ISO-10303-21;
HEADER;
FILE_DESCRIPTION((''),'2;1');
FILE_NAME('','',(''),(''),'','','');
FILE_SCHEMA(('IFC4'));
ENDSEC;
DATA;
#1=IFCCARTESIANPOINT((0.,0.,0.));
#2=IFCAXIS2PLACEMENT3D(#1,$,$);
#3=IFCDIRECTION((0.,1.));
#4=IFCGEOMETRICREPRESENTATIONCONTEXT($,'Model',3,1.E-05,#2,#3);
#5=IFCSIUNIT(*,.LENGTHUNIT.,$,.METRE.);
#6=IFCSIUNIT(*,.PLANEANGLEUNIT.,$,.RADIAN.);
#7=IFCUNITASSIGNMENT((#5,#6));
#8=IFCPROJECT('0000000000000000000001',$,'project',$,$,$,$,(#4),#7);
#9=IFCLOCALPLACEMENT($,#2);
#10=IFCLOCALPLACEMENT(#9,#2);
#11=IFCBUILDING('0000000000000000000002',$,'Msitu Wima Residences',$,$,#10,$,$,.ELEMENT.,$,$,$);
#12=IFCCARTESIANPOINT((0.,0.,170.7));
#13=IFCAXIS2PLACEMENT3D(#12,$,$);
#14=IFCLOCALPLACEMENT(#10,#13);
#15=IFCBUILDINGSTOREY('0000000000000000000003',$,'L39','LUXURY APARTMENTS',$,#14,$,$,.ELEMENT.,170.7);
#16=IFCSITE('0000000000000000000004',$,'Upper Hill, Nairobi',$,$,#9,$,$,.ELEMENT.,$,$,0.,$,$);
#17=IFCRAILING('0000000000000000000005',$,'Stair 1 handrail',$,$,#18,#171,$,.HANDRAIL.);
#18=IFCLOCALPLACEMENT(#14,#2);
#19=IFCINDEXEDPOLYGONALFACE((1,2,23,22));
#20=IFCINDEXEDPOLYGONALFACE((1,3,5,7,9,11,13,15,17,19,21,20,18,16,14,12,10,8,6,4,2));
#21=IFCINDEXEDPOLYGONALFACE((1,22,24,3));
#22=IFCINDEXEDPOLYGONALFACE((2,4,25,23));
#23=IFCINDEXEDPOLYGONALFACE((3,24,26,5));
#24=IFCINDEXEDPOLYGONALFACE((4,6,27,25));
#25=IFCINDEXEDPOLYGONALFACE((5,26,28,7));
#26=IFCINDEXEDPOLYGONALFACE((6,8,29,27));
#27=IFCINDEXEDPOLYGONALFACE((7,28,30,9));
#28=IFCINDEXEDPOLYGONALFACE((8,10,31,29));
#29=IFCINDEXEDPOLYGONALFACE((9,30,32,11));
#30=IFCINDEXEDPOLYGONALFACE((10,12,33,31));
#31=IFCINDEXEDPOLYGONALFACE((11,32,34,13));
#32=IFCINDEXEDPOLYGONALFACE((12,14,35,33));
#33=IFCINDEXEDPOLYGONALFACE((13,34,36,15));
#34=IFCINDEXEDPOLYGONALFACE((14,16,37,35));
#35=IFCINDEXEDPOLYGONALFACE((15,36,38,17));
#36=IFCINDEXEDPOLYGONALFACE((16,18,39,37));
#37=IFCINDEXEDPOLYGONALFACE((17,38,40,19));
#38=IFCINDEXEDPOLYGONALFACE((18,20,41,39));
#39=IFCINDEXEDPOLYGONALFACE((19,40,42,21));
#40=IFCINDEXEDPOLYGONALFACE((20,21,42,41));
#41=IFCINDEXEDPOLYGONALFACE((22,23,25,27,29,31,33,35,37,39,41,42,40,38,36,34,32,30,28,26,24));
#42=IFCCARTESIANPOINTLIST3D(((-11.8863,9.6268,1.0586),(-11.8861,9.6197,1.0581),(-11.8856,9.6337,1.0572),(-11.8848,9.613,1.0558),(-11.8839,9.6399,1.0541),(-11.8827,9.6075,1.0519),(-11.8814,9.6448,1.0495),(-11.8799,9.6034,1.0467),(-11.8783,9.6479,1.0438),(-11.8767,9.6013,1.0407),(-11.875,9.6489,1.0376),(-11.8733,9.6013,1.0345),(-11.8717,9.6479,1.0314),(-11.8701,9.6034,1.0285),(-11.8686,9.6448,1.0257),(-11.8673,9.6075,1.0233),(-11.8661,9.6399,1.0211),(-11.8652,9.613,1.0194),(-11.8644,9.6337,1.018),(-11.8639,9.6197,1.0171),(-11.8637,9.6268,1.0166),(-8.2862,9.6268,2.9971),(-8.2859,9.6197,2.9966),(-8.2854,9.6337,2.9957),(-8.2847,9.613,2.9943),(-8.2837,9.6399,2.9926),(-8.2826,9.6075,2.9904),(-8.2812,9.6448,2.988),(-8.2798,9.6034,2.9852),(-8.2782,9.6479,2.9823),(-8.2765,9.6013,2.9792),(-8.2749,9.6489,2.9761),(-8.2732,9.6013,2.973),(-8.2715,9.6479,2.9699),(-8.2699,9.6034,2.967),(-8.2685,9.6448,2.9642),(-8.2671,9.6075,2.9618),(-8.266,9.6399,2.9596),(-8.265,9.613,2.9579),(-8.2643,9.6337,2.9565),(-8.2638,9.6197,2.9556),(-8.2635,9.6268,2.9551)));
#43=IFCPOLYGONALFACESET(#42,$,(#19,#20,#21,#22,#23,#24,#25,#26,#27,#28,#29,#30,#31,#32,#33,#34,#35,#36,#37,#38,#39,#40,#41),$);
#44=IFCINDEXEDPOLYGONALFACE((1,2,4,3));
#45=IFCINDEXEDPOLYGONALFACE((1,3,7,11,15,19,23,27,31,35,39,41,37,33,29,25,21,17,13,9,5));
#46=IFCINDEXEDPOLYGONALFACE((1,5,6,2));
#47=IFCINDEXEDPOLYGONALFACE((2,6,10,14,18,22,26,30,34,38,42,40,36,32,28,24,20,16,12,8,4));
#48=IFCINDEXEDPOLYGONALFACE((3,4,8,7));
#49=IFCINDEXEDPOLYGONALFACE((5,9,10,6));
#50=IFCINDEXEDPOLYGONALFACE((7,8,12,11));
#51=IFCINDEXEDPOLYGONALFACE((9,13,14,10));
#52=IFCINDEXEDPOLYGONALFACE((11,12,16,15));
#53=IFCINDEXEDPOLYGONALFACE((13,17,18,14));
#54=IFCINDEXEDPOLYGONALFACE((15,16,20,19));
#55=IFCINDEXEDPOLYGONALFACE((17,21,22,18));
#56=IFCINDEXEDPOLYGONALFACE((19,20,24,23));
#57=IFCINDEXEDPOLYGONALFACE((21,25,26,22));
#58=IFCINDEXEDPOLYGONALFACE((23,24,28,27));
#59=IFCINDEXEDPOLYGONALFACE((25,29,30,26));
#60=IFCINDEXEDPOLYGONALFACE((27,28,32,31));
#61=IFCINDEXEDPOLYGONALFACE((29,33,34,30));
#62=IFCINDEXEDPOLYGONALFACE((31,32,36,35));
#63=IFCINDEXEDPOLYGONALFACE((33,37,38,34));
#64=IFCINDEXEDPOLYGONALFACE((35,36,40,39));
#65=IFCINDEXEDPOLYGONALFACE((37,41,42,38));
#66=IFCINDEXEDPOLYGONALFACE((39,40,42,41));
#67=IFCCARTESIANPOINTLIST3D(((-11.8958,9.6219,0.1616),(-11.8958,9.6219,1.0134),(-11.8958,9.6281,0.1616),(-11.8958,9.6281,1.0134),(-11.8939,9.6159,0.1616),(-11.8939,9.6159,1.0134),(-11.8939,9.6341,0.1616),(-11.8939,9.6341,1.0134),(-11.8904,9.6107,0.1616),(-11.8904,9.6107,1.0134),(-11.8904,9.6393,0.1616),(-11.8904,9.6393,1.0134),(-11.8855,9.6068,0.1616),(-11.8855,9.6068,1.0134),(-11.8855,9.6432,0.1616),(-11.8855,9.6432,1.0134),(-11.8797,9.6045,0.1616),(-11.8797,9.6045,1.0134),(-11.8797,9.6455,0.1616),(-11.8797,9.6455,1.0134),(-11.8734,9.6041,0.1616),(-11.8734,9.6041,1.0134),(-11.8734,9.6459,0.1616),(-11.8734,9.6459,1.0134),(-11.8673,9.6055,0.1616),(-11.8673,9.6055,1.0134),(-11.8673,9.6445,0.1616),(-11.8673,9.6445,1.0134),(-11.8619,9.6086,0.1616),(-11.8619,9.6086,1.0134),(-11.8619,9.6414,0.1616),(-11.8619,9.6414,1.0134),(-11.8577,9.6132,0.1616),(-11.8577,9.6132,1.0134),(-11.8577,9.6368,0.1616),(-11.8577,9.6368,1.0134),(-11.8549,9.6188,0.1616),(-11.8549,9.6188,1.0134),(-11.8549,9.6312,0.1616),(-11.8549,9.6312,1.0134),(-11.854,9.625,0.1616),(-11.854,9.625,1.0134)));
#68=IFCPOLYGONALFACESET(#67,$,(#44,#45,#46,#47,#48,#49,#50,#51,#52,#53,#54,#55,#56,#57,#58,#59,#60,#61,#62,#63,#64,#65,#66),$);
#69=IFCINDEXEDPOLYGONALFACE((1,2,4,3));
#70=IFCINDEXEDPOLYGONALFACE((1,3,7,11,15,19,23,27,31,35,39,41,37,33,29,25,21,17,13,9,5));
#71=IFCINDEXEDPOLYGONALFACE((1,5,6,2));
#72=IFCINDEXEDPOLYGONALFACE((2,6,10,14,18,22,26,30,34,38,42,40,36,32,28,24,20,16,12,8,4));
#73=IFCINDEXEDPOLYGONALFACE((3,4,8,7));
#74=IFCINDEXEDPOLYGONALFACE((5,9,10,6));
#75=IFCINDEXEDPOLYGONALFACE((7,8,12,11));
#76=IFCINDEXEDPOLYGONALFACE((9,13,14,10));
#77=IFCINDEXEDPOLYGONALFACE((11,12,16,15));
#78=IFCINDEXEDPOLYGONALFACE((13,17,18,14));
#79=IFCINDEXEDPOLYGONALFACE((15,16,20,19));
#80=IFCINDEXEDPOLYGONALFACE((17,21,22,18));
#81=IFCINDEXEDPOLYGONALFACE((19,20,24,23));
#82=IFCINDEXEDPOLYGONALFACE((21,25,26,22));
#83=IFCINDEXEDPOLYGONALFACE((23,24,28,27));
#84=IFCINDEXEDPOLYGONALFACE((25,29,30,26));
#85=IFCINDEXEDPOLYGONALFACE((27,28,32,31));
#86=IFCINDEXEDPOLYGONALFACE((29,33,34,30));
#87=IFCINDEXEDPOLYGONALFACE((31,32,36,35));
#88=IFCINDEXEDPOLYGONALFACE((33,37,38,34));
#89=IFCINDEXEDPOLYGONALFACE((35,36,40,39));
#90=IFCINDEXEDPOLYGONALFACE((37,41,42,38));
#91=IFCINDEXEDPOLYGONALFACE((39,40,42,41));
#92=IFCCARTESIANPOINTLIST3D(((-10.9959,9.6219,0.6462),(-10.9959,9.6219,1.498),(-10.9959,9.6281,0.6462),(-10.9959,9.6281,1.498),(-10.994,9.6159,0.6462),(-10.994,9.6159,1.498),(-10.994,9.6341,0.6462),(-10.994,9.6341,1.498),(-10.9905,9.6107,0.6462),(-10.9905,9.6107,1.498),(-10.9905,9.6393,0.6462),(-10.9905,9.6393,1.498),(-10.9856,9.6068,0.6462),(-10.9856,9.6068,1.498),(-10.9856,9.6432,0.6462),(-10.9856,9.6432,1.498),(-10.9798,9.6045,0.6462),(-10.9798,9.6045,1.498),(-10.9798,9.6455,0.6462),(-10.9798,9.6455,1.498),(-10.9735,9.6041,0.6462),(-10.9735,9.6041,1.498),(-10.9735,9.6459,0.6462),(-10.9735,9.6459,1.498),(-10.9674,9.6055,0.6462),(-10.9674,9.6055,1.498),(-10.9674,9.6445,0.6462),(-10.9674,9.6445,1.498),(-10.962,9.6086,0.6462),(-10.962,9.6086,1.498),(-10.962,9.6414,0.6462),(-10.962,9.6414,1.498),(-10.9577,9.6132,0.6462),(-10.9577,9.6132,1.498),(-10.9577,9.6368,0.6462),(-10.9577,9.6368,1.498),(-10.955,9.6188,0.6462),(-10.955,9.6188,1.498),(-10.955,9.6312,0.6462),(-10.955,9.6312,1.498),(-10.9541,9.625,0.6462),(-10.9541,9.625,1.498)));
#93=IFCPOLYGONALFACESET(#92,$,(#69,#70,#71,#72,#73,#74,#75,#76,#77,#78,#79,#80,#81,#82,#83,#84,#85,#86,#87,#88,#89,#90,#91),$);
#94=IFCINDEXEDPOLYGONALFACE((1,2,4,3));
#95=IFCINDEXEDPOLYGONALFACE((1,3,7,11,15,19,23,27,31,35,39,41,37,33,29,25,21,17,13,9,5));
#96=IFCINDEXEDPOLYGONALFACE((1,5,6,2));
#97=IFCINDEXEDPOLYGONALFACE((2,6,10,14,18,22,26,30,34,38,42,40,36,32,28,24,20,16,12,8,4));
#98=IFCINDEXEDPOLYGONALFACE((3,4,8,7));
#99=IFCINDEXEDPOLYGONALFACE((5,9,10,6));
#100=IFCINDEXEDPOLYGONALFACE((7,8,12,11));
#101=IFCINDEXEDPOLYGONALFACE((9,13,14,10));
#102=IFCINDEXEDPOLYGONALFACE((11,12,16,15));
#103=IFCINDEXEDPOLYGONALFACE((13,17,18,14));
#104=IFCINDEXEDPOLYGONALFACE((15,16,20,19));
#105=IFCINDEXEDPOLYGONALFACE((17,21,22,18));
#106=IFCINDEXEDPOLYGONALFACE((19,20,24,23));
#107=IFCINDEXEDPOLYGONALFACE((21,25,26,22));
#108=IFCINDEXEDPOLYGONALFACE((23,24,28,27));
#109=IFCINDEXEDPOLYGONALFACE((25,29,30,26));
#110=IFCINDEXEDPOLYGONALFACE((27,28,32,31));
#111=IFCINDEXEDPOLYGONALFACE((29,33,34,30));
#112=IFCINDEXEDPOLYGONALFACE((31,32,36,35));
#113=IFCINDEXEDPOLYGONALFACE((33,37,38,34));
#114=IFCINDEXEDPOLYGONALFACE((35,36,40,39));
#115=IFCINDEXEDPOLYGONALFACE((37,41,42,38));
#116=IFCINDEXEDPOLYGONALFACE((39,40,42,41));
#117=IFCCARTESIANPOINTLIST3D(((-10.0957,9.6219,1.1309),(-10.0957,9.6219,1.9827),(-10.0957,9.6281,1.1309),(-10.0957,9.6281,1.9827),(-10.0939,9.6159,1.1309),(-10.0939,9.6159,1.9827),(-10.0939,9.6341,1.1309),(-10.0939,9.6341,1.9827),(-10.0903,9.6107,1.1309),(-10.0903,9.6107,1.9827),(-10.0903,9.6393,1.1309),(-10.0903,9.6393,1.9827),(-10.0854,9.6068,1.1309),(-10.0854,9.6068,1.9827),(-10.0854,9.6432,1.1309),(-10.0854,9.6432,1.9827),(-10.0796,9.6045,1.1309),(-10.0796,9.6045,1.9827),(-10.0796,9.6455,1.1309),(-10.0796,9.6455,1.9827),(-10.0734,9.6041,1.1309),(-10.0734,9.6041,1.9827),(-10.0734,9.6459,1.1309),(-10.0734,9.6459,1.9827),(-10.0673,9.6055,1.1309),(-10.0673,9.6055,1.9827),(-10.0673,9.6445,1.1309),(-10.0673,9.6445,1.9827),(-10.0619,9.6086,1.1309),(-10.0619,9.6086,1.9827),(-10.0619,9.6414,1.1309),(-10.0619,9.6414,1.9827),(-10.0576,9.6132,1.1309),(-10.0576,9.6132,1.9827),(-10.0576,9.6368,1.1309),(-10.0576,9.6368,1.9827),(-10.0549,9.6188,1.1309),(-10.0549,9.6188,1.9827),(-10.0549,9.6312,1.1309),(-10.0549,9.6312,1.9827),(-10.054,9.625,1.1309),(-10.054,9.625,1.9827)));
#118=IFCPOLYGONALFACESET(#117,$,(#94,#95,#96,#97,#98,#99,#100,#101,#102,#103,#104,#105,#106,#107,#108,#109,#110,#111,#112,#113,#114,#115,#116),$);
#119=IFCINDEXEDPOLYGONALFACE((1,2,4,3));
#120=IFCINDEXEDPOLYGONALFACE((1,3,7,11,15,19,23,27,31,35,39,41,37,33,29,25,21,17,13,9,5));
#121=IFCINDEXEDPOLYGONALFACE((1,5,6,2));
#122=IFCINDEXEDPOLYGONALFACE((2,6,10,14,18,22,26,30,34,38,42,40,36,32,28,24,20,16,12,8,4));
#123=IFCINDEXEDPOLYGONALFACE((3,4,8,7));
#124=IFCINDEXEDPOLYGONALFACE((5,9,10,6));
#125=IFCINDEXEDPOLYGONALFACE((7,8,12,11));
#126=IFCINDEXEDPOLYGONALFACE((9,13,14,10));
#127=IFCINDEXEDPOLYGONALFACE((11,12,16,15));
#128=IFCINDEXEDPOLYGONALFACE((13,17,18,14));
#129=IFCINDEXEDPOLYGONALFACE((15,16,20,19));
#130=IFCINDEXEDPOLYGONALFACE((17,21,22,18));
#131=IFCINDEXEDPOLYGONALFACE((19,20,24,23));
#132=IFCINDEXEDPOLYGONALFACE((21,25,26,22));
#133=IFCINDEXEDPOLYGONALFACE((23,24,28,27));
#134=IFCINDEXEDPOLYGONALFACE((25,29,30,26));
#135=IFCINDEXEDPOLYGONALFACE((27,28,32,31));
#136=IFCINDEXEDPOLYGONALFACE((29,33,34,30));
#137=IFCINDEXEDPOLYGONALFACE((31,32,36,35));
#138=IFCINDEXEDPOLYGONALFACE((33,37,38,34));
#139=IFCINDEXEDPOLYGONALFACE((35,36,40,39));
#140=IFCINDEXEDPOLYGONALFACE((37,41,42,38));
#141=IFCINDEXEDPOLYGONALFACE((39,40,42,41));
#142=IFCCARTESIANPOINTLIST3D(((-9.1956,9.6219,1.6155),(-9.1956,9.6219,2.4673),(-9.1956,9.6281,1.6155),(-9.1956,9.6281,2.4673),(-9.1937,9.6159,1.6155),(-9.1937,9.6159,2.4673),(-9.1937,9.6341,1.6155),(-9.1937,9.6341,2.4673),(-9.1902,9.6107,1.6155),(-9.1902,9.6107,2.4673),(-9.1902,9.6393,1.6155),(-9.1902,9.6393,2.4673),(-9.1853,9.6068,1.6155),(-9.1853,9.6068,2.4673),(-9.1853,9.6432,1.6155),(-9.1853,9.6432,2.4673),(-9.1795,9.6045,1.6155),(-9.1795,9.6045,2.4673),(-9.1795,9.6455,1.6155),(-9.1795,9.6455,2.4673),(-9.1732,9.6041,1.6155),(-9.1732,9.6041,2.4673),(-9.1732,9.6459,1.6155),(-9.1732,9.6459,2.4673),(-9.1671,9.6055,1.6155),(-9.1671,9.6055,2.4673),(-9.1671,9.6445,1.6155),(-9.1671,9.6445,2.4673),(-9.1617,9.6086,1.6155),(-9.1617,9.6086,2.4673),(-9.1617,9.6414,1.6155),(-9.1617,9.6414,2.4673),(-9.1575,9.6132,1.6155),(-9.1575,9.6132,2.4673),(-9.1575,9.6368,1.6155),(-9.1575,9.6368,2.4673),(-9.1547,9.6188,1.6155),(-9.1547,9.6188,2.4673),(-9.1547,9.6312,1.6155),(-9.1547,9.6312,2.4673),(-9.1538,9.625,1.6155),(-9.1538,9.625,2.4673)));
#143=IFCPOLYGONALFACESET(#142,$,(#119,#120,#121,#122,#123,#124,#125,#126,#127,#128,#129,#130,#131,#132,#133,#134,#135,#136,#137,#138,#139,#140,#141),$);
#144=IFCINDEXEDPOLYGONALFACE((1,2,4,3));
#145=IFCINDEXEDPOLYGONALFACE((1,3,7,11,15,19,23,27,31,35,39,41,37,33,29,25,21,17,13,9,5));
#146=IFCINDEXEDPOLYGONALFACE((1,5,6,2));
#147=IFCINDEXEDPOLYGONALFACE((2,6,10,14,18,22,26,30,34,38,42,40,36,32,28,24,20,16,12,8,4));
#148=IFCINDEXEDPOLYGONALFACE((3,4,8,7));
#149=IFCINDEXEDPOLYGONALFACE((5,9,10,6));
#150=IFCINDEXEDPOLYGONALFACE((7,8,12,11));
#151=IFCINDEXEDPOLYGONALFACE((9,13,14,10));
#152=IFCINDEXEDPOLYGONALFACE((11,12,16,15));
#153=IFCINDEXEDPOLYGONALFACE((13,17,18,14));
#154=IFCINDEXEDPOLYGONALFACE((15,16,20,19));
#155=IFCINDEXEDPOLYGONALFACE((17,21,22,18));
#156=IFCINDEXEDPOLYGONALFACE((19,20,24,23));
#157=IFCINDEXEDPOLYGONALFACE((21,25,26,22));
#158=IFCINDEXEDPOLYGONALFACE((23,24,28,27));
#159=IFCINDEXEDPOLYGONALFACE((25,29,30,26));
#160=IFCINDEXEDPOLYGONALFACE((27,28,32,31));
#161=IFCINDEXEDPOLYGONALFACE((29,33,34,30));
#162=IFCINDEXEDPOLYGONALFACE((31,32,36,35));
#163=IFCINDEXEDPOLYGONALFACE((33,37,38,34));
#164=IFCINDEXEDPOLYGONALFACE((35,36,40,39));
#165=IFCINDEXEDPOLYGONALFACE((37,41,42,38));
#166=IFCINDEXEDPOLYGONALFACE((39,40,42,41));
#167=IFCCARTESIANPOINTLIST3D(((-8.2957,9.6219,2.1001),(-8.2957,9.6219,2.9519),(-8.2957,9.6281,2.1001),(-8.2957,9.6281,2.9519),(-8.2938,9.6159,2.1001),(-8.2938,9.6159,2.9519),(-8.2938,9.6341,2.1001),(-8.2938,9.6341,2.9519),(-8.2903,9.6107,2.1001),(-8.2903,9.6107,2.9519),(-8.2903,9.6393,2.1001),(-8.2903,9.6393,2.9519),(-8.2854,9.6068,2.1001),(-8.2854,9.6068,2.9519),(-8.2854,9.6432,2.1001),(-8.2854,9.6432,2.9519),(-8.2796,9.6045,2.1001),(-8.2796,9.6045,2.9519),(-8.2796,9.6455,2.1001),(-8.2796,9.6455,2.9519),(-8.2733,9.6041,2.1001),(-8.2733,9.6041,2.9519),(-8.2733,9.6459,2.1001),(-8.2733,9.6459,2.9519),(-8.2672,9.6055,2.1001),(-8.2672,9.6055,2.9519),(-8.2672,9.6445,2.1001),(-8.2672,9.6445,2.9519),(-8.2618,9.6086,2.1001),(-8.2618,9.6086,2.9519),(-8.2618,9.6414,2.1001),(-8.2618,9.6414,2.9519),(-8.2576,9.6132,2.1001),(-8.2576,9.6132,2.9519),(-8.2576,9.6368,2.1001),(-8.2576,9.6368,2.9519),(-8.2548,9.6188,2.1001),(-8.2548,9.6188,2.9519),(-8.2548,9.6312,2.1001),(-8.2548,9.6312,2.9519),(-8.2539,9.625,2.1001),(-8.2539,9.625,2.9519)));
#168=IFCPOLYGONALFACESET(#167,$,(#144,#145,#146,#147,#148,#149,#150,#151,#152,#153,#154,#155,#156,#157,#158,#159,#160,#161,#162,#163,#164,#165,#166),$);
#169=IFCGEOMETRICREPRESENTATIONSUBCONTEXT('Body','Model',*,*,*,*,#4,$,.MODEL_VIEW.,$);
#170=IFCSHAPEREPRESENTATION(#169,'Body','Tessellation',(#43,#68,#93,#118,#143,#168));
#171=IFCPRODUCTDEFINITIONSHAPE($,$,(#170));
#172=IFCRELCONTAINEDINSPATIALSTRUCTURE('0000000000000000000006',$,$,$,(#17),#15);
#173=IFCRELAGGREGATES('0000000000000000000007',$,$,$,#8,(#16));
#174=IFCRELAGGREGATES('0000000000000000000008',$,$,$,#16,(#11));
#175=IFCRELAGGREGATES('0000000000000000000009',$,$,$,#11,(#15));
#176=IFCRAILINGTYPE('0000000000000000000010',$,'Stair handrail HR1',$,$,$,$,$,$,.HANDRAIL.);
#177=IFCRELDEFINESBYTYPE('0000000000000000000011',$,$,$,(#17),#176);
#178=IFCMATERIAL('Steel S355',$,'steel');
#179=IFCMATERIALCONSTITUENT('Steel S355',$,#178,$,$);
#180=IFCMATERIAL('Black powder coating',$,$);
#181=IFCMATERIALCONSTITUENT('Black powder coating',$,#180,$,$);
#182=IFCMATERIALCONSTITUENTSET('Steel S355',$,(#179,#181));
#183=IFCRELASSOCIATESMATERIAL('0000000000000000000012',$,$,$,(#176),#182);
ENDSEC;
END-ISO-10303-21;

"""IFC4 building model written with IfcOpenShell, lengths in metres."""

from ifc_helpers import new_model, si_unit, direction, frame, origin, origin_2d, place, context, subcontext, project, spatial, circle, extrude, material, constituent, constituent_set, type_object, element, save


model = new_model("IFC4")

# Units and contexts
model_context = context("Model", 3, precision=1e-05, world=origin(), true_north=direction((0.0, 1.0)))
body_context = subcontext(model_context, "Body", "Model", "MODEL_VIEW")
ifc_project = project(units=[si_unit("LENGTHUNIT", "METRE"), si_unit("PLANEANGLEUNIT", "RADIAN")], contexts=[model_context])

# Site, building, storey
site_placement = place(None, origin())
site = spatial("IfcSite", under=ifc_project, at=site_placement, Name="Upper Hill, Nairobi", CompositionType="ELEMENT", RefElevation=0.0)
building_placement = place(site_placement, origin())
building = spatial("IfcBuilding", under=site, at=building_placement, Name="Msitu Wima Residences", CompositionType="ELEMENT")
storey_placement = place(building_placement, frame((0.0, 0.0, 170.7)))
storey = spatial("IfcBuildingStorey", under=building, at=storey_placement, Name="L39", Description="LUXURY APARTMENTS", CompositionType="ELEMENT", Elevation=170.7)

# Railing
ifc_material_1 = material(Name="Steel S355", Category="steel")
ifc_constituent_1 = constituent(ifc_material_1, Name="Steel S355")
ifc_material_2 = material(Name="Black powder coating")
ifc_constituent_2 = constituent(ifc_material_2, Name="Black powder coating")
ifc_constituent_set = constituent_set(constituents=[ifc_constituent_1, ifc_constituent_2], Name="Steel S355")
railing_type = type_object("IfcRailingType", Name="Stair handrail HR1", PredefinedType="HANDRAIL", material=ifc_constituent_set)
for number, where, name in (
    (1, (-11.875, 9.625, 0.1616), "Stair 1 handrail"),
):
    element("IfcRailing", number, at=place(storey_placement, frame(where)), inside=storey, type_object=railing_type, Name=name, PredefinedType="HANDRAIL", context=body_context, shape_type="SweptSolid", body=[
        extrude(circle(Radius=0.0239, at=origin_2d()), frame((0.0, 0.0, 0.876), z_axis=(0.880475, 0.0, 0.474093), x_axis=(0.0, 1.0, 0.0)), (0.0, 0.0, 1.0), 4.0889),
        extrude(circle(Radius=0.021, at=origin_2d()), origin(), (0.0, 0.0, 1.0), 0.8518),
        extrude(circle(Radius=0.021, at=origin_2d()), frame((0.8999, 0.0, 0.4846)), (0.0, 0.0, 1.0), 0.8518),
        extrude(circle(Radius=0.021, at=origin_2d()), frame((1.8, 0.0, 0.9692)), (0.0, 0.0, 1.0), 0.8518),
        extrude(circle(Radius=0.021, at=origin_2d()), frame((2.7002, 0.0, 1.4539)), (0.0, 0.0, 1.0), 0.8518),
        extrude(circle(Radius=0.021, at=origin_2d()), frame((3.6001, 0.0, 1.9385)), (0.0, 0.0, 1.0), 0.8518),
    ])

save(model, "model.ifc")
